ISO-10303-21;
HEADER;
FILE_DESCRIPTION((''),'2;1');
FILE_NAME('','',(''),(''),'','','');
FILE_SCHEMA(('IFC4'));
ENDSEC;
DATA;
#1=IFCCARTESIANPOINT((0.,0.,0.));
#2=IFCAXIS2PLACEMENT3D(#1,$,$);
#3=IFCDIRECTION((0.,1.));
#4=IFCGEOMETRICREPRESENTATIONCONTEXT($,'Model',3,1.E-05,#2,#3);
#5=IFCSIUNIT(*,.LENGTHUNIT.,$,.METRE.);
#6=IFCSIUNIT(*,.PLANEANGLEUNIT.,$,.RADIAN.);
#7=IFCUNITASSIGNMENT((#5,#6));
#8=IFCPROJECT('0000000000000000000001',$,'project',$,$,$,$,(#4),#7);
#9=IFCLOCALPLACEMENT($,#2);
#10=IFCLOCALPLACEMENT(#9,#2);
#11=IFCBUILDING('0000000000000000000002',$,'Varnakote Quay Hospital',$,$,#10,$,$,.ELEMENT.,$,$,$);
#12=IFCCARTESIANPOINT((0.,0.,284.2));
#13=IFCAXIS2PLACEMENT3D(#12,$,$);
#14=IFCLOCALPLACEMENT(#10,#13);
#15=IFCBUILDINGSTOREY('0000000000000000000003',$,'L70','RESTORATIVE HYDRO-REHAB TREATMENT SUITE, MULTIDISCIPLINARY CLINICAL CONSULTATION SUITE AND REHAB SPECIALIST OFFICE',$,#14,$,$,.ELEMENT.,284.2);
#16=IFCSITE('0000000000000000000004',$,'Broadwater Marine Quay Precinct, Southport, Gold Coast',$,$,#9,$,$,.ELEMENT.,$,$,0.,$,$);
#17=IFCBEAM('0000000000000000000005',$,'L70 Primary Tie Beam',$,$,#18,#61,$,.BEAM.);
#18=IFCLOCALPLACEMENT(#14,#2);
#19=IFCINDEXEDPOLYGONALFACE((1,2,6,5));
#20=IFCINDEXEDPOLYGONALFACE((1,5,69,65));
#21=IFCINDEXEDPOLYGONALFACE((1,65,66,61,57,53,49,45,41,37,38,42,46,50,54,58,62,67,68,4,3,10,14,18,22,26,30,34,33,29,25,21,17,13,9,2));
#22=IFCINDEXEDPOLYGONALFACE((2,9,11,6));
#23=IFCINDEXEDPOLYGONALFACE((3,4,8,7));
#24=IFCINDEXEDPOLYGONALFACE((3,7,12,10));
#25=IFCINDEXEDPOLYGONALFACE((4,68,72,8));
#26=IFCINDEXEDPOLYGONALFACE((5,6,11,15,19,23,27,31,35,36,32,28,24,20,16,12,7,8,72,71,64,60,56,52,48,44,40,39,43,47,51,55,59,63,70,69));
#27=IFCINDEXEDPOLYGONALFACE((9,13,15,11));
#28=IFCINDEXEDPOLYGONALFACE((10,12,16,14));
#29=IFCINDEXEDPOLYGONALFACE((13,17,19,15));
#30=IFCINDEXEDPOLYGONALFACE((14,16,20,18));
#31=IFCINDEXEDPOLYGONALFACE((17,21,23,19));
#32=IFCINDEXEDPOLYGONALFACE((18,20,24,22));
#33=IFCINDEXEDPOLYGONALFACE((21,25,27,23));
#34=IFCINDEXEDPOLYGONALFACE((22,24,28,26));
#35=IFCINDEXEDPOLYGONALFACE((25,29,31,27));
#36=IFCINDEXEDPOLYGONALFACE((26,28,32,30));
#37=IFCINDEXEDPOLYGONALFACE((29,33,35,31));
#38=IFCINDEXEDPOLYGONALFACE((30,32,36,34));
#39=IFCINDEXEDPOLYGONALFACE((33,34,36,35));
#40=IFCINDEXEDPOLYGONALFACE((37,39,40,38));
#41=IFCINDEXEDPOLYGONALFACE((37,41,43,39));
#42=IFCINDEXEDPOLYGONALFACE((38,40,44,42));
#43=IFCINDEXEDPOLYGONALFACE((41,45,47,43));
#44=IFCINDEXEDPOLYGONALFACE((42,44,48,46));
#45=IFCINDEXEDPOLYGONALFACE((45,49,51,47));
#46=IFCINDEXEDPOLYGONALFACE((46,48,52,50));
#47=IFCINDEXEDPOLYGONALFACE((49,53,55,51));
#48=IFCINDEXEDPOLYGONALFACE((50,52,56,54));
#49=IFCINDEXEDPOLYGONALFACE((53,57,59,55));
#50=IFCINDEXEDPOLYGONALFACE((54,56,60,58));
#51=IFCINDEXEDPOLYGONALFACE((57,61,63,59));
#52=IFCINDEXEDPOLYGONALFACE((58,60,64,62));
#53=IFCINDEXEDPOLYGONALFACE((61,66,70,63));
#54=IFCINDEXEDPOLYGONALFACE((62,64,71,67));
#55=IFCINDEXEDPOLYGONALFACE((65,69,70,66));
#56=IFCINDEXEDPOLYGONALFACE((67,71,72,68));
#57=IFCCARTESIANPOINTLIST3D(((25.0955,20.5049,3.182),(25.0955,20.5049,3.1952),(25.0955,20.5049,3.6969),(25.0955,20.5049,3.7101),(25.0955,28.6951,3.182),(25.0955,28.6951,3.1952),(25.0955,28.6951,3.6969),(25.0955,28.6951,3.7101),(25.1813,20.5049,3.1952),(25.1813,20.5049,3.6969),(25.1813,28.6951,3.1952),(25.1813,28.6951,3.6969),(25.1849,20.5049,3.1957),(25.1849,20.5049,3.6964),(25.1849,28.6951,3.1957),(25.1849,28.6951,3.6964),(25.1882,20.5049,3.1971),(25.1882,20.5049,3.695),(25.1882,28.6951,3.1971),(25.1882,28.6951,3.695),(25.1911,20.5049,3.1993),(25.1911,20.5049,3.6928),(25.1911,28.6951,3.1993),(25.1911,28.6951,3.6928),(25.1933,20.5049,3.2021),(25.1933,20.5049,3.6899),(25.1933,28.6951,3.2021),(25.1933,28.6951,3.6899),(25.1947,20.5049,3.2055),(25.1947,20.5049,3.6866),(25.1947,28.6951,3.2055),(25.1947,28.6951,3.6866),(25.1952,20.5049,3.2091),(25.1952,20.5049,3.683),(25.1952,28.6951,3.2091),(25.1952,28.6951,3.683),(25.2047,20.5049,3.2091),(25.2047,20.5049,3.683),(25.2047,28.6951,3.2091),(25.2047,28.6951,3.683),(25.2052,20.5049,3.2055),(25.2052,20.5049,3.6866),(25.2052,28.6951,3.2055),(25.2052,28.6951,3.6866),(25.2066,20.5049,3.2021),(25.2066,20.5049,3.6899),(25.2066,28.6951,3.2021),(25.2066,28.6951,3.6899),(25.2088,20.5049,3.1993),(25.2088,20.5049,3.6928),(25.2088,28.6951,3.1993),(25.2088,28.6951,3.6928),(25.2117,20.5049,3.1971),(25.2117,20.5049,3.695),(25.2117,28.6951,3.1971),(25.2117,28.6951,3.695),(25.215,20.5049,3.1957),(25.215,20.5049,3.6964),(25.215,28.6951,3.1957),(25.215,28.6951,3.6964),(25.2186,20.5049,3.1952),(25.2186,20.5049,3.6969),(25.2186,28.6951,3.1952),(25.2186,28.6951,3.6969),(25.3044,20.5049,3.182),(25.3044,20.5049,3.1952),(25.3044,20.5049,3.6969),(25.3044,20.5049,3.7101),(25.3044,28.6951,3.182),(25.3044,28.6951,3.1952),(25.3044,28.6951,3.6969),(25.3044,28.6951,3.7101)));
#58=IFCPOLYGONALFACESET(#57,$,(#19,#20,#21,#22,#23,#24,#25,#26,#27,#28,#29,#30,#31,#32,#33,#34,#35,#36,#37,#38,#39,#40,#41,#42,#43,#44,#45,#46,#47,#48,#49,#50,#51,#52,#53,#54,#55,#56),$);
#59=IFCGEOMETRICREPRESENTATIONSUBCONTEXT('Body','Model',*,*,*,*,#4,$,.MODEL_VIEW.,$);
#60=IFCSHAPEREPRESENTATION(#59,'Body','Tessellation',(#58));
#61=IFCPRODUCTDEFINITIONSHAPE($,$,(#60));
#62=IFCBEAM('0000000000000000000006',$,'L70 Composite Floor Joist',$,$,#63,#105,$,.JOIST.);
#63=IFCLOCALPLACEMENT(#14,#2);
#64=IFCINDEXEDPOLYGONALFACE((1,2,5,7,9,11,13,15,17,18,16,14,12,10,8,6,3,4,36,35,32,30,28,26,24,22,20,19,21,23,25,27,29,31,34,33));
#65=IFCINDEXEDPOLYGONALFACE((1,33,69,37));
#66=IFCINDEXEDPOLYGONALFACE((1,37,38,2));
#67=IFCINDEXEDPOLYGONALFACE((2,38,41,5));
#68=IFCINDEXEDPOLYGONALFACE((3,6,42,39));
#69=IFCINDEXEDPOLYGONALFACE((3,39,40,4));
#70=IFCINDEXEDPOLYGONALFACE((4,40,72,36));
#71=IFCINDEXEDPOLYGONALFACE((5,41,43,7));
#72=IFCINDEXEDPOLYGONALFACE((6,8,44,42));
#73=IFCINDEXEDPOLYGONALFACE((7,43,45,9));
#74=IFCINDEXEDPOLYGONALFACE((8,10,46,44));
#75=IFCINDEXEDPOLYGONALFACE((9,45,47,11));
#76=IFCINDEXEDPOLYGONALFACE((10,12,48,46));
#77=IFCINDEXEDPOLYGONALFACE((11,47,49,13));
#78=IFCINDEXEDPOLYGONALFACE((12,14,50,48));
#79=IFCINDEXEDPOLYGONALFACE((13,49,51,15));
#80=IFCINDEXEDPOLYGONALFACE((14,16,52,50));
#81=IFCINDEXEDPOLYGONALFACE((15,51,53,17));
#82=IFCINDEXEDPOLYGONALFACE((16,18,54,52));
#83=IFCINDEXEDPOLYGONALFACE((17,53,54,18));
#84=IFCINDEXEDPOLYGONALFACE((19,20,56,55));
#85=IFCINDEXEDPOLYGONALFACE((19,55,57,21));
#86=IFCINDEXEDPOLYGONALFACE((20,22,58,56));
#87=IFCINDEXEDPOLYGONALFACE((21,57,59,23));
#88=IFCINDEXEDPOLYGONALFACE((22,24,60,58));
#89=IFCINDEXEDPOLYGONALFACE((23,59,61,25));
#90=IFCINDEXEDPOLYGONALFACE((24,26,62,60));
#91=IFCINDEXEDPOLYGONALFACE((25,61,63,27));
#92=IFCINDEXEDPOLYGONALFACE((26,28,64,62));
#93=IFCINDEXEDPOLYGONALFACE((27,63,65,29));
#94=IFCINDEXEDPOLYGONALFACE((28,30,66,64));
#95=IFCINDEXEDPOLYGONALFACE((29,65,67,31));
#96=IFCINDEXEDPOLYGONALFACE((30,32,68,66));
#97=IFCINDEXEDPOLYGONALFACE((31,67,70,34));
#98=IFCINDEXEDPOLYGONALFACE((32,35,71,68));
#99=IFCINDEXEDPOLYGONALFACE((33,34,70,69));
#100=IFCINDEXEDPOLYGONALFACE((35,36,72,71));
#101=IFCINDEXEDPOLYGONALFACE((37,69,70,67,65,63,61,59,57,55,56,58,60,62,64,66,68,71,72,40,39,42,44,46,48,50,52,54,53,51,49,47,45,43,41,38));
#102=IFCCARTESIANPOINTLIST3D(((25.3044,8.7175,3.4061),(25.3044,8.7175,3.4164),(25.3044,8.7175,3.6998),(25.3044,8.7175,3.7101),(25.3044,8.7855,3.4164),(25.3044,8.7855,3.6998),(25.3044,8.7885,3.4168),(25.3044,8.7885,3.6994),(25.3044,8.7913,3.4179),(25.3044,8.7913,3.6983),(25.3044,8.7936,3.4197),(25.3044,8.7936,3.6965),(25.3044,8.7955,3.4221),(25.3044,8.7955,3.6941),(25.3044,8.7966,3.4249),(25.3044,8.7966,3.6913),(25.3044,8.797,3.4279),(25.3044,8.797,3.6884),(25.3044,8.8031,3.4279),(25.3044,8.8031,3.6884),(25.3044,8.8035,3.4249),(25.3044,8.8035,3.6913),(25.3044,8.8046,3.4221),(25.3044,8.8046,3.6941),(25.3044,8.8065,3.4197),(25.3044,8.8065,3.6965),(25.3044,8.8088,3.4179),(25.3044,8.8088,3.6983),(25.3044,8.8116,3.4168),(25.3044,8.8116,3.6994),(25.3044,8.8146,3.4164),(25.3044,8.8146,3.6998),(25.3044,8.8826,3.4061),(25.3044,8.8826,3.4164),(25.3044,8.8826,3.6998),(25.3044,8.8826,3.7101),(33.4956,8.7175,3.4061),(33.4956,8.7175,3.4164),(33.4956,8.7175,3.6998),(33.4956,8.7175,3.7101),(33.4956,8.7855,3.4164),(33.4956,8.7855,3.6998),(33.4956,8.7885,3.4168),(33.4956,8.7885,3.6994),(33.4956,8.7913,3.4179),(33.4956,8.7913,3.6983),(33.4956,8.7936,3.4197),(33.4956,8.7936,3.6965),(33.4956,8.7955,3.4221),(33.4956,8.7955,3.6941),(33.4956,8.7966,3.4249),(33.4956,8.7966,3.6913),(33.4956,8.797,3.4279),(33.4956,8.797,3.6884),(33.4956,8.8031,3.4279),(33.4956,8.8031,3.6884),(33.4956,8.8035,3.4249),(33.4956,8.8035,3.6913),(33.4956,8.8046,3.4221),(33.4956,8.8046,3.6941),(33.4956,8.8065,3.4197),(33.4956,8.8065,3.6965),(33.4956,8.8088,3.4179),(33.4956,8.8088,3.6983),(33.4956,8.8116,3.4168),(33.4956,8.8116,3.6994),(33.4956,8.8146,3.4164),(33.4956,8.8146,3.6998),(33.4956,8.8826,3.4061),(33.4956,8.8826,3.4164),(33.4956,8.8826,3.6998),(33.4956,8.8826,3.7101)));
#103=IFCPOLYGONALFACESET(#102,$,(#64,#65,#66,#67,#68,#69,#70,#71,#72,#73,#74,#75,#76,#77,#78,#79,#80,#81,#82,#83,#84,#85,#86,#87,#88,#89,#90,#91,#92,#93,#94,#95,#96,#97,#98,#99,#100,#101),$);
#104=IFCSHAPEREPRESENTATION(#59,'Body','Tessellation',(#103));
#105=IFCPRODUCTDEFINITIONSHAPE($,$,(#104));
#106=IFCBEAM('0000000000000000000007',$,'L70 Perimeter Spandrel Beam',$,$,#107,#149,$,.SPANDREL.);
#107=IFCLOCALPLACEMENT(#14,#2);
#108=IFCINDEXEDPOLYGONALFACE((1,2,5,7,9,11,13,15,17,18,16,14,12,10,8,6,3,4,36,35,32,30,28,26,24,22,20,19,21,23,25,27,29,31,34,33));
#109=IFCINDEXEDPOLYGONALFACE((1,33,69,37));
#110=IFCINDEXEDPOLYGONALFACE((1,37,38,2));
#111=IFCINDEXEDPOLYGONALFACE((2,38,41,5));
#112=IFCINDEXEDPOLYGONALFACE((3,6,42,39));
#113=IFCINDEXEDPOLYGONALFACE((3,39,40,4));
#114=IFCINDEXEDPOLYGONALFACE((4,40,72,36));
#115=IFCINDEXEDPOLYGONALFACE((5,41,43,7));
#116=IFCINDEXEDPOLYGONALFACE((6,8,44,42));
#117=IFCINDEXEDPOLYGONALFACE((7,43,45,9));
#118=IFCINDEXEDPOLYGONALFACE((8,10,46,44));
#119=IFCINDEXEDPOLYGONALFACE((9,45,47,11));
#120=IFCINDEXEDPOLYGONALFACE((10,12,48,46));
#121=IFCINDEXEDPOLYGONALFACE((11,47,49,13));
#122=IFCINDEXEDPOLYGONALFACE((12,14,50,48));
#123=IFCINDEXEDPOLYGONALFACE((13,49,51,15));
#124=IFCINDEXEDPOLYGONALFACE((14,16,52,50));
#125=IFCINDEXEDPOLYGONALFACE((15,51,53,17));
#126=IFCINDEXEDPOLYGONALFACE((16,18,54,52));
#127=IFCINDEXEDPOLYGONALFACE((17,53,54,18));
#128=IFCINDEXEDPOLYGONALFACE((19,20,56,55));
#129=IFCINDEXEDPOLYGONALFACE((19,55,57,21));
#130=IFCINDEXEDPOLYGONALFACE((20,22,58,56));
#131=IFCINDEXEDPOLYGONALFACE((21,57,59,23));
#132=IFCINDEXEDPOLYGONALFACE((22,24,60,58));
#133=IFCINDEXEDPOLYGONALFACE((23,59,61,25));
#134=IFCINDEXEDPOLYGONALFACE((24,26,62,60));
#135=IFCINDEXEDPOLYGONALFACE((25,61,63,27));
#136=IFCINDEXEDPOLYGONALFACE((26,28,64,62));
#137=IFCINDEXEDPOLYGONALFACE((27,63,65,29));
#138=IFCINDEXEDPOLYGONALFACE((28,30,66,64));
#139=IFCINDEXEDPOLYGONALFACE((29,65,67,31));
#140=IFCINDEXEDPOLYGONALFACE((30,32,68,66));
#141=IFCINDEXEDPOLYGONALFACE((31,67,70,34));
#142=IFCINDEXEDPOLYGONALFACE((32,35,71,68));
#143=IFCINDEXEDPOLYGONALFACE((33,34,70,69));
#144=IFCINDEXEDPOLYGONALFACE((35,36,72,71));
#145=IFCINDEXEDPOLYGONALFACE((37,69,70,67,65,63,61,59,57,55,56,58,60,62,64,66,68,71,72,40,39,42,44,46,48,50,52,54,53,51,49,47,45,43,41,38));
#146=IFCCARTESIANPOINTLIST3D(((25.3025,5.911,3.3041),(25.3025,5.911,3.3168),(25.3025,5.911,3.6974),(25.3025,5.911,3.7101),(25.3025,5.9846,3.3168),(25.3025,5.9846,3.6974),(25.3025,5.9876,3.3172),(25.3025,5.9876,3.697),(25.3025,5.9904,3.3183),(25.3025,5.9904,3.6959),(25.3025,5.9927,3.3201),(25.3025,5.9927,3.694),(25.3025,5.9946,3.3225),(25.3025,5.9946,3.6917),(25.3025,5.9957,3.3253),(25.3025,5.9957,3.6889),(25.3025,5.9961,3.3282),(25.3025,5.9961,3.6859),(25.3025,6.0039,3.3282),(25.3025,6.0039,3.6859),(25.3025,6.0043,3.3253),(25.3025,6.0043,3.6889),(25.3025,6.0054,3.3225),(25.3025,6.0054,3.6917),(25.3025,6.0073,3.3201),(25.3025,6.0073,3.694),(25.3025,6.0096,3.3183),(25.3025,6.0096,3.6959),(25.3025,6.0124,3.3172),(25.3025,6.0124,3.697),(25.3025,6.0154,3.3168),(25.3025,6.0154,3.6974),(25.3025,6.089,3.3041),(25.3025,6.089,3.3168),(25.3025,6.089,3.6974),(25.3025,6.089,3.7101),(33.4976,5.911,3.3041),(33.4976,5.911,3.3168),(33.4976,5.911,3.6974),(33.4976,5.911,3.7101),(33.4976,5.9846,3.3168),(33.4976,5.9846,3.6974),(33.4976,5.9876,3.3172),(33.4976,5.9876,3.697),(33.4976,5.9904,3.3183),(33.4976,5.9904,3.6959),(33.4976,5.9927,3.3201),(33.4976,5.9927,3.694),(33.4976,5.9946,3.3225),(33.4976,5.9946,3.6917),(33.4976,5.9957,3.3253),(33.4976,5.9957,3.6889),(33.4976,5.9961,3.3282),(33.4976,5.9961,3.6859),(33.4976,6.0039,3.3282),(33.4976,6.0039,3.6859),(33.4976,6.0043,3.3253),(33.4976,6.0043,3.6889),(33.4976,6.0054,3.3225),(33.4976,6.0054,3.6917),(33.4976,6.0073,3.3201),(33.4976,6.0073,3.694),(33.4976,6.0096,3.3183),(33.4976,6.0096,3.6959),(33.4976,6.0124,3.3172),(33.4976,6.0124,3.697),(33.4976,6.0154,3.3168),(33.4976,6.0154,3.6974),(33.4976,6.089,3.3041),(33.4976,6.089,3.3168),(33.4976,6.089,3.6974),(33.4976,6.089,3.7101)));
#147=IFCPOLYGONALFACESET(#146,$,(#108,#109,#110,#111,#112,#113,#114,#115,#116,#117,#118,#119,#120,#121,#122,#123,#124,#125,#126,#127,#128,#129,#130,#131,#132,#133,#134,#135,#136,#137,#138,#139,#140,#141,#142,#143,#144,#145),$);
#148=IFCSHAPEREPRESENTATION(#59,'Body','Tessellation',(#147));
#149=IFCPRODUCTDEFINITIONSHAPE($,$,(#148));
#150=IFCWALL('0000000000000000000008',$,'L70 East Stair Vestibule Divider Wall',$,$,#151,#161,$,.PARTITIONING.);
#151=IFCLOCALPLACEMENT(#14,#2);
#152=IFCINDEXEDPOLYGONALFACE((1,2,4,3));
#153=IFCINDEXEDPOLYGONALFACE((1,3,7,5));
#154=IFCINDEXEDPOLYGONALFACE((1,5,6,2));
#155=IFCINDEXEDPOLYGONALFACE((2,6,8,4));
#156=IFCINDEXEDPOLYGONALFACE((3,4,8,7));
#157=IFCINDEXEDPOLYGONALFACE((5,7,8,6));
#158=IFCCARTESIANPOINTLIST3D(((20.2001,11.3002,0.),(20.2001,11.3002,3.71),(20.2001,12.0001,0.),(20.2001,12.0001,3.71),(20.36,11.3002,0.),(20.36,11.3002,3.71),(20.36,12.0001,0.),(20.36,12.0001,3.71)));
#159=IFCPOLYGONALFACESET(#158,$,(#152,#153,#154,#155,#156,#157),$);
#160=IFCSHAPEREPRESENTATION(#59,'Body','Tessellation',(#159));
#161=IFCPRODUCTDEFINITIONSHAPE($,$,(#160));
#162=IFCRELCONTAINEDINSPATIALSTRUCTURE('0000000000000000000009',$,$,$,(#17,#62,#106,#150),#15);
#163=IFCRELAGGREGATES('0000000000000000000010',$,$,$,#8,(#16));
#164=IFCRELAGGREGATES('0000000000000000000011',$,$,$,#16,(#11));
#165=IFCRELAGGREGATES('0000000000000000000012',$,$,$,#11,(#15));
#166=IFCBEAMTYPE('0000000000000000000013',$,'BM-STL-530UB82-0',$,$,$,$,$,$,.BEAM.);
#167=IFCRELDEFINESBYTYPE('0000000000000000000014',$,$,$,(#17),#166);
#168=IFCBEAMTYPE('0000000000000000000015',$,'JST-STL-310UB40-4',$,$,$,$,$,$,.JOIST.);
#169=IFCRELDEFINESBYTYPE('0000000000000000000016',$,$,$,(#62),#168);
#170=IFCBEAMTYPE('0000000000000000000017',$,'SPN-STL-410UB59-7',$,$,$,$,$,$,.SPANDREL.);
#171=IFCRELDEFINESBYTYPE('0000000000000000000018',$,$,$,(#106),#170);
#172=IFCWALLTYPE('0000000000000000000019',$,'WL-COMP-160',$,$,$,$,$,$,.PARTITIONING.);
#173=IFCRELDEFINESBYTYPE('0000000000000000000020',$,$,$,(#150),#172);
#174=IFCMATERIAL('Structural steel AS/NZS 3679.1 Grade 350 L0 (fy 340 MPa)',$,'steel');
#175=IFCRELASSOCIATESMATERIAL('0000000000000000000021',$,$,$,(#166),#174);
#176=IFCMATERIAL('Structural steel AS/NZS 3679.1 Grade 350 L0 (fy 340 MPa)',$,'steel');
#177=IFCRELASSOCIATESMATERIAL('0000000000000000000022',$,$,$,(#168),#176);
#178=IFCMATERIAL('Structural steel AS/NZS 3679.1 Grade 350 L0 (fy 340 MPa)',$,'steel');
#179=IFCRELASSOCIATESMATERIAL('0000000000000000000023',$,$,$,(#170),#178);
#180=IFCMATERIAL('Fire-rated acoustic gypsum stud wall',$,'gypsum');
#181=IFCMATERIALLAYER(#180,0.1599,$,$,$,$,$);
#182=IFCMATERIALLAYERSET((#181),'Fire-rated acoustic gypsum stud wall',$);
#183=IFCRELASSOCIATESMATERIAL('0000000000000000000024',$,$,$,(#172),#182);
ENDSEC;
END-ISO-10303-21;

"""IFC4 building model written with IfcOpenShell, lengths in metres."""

from ifc_helpers import new_model, si_unit, direction, frame, frame_2d, origin, origin_2d, place, context, subcontext, project, spatial, rectangle, i_section, extrude, material, layer, layer_set, material_profile, profile_set, type_object, element, save


model = new_model("IFC4")

# Units and contexts
model_context = context("Model", 3, precision=1e-05, world=origin(), true_north=direction((0.0, 1.0)))
body_context = subcontext(model_context, "Body", "Model", "MODEL_VIEW")
ifc_project = project(units=[si_unit("LENGTHUNIT", "METRE"), si_unit("PLANEANGLEUNIT", "RADIAN")], contexts=[model_context])

# Site, building, storey
site_placement = place(None, origin())
site = spatial("IfcSite", under=ifc_project, at=site_placement, Name="Broadwater Marine Quay Precinct, Southport, Gold Coast", CompositionType="ELEMENT", RefElevation=0.0)
building_placement = place(site_placement, origin())
building = spatial("IfcBuilding", under=site, at=building_placement, Name="Varnakote Quay Hospital", CompositionType="ELEMENT")
storey_placement = place(building_placement, frame((0.0, 0.0, 284.2)))
storey = spatial("IfcBuildingStorey", under=building, at=storey_placement, Name="L70", Description="RESTORATIVE HYDRO-REHAB TREATMENT SUITE, MULTIDISCIPLINARY CLINICAL CONSULTATION SUITE AND REHAB SPECIALIST OFFICE", CompositionType="ELEMENT", Elevation=284.2)

# Beams
ifc_material_1 = material(Name="Structural steel AS/NZS 3679.1 Grade 350 L0 (fy 340 MPa)", Category="steel")
ifc_material_profile_1 = material_profile(ifc_material_1, i_section(OverallWidth=0.209, OverallDepth=0.5281, WebThickness=0.0095, FlangeThickness=0.0132, FilletRadius=0.0139, at=origin_2d()), Name="530UB82.0")
ifc_profile_set_1 = profile_set([ifc_material_profile_1], Name="Structural steel AS/NZS 3679.1 Grade 350 L0 (fy 340 MPa)")
beam_type_1 = type_object("IfcBeamType", Name="BM-STL-530UB82-0", PredefinedType="BEAM", material=ifc_profile_set_1)
beam_1_placement = place(storey_placement, frame((25.2, 20.5049, 3.446), z_axis=(0.0, 1.0, 0.0), x_axis=(-1.0, 0.0, 0.0)))
element("IfcBeam", 1, at=beam_1_placement, inside=storey, type_object=beam_type_1, Name="L70 Primary Tie Beam", PredefinedType="BEAM", context=body_context, shape_type="SweptSolid", body=[
    extrude(i_section(OverallWidth=0.209, OverallDepth=0.5281, WebThickness=0.0095, FlangeThickness=0.0132, FilletRadius=0.0139, at=origin_2d()), origin(), (0.0, 0.0, 1.0), 8.1902),
])
ifc_material_2 = material(Name="Structural steel AS/NZS 3679.1 Grade 350 L0 (fy 340 MPa)", Category="steel")
ifc_material_profile_2 = material_profile(ifc_material_2, i_section(OverallWidth=0.165, OverallDepth=0.304, WebThickness=0.0061, FlangeThickness=0.0103, FilletRadius=0.0115, at=origin_2d()), Name="310UB40.4")
ifc_profile_set_2 = profile_set([ifc_material_profile_2], Name="Structural steel AS/NZS 3679.1 Grade 350 L0 (fy 340 MPa)")
beam_type_2 = type_object("IfcBeamType", Name="JST-STL-310UB40-4", PredefinedType="JOIST", material=ifc_profile_set_2)
beam_2_placement = place(storey_placement, frame((25.3044, 8.8, 3.5581), z_axis=(1.0, 0.0, 0.0), x_axis=(0.0, 1.0, 0.0)))
element("IfcBeam", 2, at=beam_2_placement, inside=storey, type_object=beam_type_2, Name="L70 Composite Floor Joist", PredefinedType="JOIST", context=body_context, shape_type="SweptSolid", body=[
    extrude(i_section(OverallWidth=0.165, OverallDepth=0.304, WebThickness=0.0061, FlangeThickness=0.0103, FilletRadius=0.0115, at=origin_2d()), origin(), (0.0, 0.0, 1.0), 8.1912),
])
ifc_material_3 = material(Name="Structural steel AS/NZS 3679.1 Grade 350 L0 (fy 340 MPa)", Category="steel")
ifc_material_profile_3 = material_profile(ifc_material_3, i_section(OverallWidth=0.178, OverallDepth=0.406, WebThickness=0.0078, FlangeThickness=0.0127, FilletRadius=0.0115, at=origin_2d()), Name="410UB59.7")
ifc_profile_set_3 = profile_set([ifc_material_profile_3], Name="Structural steel AS/NZS 3679.1 Grade 350 L0 (fy 340 MPa)")
beam_type_3 = type_object("IfcBeamType", Name="SPN-STL-410UB59-7", PredefinedType="SPANDREL", material=ifc_profile_set_3)
beam_3_placement = place(storey_placement, frame((25.3025, 6.0, 3.5071), z_axis=(1.0, 0.0, 0.0), x_axis=(0.0, 1.0, 0.0)))
element("IfcBeam", 3, at=beam_3_placement, inside=storey, type_object=beam_type_3, Name="L70 Perimeter Spandrel Beam", PredefinedType="SPANDREL", context=body_context, shape_type="SweptSolid", body=[
    extrude(i_section(OverallWidth=0.178, OverallDepth=0.406, WebThickness=0.0078, FlangeThickness=0.0127, FilletRadius=0.0115, at=origin_2d()), origin(), (0.0, 0.0, 1.0), 8.1951),
])

# Wall
ifc_material_4 = material(Name="Fire-rated acoustic gypsum stud wall", Category="gypsum")
ifc_layer_1 = layer(ifc_material_4, 0.1599)
ifc_layer_set_1 = layer_set([ifc_layer_1], Name="Fire-rated acoustic gypsum stud wall")
wall_type_1 = type_object("IfcWallType", Name="WL-COMP-160", PredefinedType="PARTITIONING", material=ifc_layer_set_1)
wall_1_placement = place(storey_placement, frame((20.28, 11.3, 0.0), z_axis=(0.0, 0.0, 1.0), x_axis=(0.0, 1.0, 0.0)))
element("IfcWall", 4, at=wall_1_placement, inside=storey, type_object=wall_type_1, Name="L70 East Stair Vestibule Divider Wall", PredefinedType="PARTITIONING", context=body_context, shape_type="SweptSolid", body=[
    extrude(rectangle(XDim=0.7, YDim=0.1599, at=frame_2d((0.3501, 0.0))), origin(), (0.0, 0.0, 1.0), 3.71),
])

save(model, "model.ifc")
